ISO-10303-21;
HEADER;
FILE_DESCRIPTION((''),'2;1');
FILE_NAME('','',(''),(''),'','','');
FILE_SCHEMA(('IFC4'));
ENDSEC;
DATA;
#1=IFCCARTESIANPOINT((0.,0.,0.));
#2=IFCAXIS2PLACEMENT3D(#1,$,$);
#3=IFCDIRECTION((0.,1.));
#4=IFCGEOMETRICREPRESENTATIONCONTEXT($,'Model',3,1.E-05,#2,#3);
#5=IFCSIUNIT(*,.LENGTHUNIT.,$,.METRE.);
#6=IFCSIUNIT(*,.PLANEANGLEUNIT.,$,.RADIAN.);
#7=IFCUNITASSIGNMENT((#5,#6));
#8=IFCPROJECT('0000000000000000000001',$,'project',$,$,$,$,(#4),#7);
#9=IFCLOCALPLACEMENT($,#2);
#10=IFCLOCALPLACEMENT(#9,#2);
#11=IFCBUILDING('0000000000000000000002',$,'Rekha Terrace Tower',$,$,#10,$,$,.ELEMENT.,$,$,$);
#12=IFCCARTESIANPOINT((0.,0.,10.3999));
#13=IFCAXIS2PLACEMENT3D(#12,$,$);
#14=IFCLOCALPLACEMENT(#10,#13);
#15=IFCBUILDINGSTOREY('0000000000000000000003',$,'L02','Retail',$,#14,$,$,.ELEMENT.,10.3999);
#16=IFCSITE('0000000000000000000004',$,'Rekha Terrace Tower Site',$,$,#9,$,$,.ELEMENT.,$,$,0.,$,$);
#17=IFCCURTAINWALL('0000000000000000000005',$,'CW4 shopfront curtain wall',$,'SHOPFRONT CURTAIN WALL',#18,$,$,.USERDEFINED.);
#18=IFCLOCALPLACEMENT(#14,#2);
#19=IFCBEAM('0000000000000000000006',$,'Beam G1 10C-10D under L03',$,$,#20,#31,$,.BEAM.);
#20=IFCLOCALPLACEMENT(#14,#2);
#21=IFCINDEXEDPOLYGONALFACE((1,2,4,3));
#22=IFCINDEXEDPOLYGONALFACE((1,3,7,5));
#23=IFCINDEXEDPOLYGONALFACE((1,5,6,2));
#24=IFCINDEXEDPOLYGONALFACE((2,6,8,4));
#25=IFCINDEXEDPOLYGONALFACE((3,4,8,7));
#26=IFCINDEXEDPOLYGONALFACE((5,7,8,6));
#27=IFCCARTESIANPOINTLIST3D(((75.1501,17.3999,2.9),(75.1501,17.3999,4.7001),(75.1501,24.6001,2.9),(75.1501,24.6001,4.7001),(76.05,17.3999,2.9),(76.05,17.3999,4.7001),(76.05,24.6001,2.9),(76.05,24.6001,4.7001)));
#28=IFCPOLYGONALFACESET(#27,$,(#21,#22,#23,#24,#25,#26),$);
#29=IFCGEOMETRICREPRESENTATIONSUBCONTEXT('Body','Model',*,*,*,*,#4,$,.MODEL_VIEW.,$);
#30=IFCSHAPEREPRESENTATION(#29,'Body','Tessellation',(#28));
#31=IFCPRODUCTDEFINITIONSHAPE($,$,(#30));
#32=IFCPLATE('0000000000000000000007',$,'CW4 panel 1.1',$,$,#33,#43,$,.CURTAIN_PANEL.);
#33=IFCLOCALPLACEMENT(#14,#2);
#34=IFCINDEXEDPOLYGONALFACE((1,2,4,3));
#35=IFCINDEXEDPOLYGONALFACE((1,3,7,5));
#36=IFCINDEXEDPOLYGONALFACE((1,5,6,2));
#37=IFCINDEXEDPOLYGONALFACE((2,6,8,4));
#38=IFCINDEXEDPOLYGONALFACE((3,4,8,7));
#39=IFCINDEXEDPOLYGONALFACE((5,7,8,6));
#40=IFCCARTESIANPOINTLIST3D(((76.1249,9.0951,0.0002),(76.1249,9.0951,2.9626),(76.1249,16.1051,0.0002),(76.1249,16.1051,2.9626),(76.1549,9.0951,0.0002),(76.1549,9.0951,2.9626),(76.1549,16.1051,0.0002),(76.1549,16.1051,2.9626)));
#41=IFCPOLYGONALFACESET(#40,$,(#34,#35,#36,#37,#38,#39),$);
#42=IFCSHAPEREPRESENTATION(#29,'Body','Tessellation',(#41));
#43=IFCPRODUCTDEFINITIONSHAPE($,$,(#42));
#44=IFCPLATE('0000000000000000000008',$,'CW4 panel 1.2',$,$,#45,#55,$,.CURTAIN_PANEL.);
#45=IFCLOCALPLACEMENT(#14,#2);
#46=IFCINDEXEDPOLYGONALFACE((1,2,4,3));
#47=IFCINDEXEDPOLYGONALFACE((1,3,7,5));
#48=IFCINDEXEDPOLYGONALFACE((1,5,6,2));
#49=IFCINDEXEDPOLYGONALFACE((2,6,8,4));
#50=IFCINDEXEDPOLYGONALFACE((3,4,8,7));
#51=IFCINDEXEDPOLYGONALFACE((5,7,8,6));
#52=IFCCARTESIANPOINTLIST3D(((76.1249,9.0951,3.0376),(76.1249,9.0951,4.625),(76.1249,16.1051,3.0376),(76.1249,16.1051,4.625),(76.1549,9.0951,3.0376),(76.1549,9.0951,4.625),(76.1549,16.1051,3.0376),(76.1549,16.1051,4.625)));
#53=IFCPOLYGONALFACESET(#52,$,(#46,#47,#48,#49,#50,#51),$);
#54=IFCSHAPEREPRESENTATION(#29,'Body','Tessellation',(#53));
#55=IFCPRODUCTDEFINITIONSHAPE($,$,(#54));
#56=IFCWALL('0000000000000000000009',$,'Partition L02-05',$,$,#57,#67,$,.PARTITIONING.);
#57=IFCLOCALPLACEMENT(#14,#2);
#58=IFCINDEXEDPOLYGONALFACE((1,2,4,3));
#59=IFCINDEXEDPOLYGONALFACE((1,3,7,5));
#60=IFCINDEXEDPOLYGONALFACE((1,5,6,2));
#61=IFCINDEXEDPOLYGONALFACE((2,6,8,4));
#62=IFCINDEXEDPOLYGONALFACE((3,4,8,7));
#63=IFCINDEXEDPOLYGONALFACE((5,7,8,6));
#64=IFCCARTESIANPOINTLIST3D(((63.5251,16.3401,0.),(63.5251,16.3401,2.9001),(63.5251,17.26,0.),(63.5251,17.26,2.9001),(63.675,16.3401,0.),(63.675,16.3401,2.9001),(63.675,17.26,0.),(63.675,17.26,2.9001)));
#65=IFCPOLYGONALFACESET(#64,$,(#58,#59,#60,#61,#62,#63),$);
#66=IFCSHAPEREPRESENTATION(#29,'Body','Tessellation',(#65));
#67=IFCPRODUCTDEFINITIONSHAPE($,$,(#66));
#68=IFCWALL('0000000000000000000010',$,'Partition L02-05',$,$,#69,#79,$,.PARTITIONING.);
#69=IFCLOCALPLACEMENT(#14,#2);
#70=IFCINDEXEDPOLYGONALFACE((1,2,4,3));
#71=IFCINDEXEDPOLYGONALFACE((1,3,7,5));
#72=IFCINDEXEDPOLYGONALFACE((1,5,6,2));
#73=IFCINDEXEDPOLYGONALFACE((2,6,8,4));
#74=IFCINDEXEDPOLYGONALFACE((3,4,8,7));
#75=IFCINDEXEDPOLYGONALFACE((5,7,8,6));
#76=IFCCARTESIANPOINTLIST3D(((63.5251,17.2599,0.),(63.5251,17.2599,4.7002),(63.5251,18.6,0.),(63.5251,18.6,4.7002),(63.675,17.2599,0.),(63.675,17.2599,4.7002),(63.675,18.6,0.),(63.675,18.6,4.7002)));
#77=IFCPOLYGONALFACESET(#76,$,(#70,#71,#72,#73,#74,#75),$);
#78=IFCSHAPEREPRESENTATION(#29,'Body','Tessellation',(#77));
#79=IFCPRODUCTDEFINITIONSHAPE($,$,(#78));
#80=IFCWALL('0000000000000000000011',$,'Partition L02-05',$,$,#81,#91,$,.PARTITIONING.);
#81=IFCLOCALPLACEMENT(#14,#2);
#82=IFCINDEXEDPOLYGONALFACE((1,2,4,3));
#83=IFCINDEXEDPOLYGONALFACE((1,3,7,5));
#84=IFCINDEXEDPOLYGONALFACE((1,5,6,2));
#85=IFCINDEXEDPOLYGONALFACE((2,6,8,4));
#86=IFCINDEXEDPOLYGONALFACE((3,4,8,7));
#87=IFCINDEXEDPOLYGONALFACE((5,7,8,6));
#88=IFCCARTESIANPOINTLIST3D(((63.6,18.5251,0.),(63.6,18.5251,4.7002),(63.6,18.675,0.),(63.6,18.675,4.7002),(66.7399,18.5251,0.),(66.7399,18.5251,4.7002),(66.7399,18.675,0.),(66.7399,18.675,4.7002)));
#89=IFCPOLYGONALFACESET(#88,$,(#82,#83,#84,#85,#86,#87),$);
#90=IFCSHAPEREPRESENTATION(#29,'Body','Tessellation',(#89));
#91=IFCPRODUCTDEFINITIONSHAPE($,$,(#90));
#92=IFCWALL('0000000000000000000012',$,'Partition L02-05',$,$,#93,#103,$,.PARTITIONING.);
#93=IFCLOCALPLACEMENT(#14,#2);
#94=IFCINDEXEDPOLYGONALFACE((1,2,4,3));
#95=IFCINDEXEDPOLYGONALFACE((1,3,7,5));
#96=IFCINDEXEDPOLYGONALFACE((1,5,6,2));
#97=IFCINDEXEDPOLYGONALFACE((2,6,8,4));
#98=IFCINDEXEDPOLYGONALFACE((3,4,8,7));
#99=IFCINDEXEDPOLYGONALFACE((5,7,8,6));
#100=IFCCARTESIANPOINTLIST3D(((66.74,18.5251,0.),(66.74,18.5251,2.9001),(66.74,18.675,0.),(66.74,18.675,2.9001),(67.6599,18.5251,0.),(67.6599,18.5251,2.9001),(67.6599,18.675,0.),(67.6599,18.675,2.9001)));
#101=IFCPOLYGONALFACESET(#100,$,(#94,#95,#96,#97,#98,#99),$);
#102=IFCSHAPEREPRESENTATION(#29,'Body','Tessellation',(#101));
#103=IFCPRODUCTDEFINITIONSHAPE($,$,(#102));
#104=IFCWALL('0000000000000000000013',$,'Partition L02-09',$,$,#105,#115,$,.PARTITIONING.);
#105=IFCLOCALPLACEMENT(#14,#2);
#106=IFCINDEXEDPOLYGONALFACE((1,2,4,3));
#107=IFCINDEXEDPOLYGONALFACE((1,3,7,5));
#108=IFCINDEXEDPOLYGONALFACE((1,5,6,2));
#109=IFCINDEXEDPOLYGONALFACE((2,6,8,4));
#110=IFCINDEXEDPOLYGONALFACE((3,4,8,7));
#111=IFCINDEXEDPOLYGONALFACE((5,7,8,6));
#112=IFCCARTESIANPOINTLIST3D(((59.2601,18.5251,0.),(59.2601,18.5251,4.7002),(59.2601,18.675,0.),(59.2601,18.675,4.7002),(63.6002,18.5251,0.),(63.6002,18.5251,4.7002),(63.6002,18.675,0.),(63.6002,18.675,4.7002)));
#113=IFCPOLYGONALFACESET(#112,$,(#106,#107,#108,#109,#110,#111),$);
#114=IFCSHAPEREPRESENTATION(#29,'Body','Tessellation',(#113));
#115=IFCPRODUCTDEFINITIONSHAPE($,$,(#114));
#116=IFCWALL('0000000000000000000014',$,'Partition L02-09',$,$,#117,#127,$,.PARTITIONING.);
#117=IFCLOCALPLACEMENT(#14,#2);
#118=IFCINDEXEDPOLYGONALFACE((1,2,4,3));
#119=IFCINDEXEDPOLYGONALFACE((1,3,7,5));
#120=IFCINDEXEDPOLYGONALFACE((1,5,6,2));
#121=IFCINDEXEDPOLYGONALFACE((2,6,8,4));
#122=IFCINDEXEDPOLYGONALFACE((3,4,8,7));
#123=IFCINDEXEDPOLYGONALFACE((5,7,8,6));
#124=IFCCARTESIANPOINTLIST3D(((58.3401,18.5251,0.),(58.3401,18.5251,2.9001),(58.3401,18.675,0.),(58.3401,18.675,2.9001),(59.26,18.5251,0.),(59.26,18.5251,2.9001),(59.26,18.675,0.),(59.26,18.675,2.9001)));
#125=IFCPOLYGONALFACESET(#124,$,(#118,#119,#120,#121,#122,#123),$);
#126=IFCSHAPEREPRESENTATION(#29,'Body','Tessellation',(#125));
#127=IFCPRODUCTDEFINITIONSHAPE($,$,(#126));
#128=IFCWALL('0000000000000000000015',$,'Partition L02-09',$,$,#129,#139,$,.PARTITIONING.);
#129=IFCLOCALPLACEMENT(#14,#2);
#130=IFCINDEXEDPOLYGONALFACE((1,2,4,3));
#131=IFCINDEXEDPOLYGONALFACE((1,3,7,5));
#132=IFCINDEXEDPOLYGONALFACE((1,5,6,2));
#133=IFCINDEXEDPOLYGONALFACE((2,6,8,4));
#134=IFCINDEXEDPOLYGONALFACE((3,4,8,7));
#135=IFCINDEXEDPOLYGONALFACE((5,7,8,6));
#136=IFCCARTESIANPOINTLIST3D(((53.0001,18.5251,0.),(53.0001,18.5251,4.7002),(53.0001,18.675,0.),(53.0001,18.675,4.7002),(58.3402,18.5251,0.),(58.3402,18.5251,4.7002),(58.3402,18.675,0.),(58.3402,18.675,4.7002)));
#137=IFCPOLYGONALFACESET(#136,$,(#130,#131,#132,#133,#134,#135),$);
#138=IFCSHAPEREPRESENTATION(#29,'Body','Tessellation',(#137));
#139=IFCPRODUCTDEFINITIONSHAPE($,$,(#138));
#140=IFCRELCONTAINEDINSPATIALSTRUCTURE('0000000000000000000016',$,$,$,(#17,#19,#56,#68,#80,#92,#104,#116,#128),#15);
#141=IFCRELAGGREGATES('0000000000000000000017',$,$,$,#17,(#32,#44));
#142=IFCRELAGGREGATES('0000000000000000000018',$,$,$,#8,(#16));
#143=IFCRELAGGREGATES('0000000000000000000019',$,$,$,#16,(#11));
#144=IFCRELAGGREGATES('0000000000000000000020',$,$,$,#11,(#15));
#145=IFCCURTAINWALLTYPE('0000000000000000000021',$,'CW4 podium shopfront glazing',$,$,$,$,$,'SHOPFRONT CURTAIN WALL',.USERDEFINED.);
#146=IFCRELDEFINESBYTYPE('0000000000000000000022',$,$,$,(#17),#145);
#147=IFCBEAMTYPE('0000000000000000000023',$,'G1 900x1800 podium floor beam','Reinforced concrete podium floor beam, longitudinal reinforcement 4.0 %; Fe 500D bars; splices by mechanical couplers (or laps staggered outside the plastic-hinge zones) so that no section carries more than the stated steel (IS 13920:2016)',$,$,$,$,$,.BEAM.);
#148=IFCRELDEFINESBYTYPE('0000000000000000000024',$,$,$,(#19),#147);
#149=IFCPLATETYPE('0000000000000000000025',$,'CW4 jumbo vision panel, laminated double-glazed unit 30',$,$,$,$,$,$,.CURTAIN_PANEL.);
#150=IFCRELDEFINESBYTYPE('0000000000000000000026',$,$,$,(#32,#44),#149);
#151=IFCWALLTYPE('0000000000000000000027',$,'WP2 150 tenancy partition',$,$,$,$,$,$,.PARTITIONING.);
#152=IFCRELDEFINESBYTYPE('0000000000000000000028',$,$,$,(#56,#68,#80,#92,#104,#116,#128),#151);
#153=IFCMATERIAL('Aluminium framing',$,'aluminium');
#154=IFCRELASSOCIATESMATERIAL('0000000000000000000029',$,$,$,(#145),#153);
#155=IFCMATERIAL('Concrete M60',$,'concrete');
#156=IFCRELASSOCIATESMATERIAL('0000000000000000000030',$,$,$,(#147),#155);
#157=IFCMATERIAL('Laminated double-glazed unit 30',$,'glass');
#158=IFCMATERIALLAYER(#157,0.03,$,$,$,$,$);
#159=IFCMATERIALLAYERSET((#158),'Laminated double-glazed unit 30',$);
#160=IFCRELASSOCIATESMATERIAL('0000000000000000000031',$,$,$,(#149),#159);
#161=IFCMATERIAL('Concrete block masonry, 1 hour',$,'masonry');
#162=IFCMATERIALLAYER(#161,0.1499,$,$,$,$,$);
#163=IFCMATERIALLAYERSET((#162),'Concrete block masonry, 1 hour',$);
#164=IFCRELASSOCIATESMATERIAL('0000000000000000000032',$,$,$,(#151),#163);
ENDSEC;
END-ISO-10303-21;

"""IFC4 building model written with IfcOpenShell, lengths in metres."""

from ifc_helpers import new_model, si_unit, direction, frame, frame_2d, origin, origin_2d, place, context, subcontext, project, spatial, rectangle, extrude, material, layer, layer_set, material_profile, profile_set, type_object, element, aggregate, save


model = new_model("IFC4")

# Units and contexts
model_context = context("Model", 3, precision=1e-05, world=origin(), true_north=direction((0.0, 1.0)))
body_context = subcontext(model_context, "Body", "Model", "MODEL_VIEW")
ifc_project = project(units=[si_unit("LENGTHUNIT", "METRE"), si_unit("PLANEANGLEUNIT", "RADIAN")], contexts=[model_context])

# Site, building, storey
site_placement = place(None, origin())
site = spatial("IfcSite", under=ifc_project, at=site_placement, Name="Rekha Terrace Tower Site", CompositionType="ELEMENT", RefElevation=0.0)
building_placement = place(site_placement, origin())
building = spatial("IfcBuilding", under=site, at=building_placement, Name="Rekha Terrace Tower", CompositionType="ELEMENT")
storey_placement = place(building_placement, frame((0.0, 0.0, 10.3999)))
storey = spatial("IfcBuildingStorey", under=building, at=storey_placement, Name="L02", Description="Retail", CompositionType="ELEMENT", Elevation=10.3999)

# Shared definitions
ifc_material_1 = material(Name="Concrete M60", Category="concrete")

# Curtain wall
ifc_material_2 = material(Name="Aluminium framing", Category="aluminium")
curtain_wall_type = type_object("IfcCurtainWallType", Name="CW4 podium shopfront glazing", ElementType="SHOPFRONT CURTAIN WALL", PredefinedType="USERDEFINED", material=ifc_material_2)
curtain_wall_1_placement = place(storey_placement, origin())
curtain_wall_1 = element("IfcCurtainWall", 1, at=curtain_wall_1_placement, inside=storey, type_object=curtain_wall_type, Name="CW4 shopfront curtain wall", ObjectType="SHOPFRONT CURTAIN WALL", PredefinedType="USERDEFINED")

# Beam
ifc_material_profile_1 = material_profile(ifc_material_1, rectangle(XDim=0.8999, YDim=1.8, at=origin_2d()), Name="RC 900x1800")
ifc_profile_set_1 = profile_set([ifc_material_profile_1], Name="Concrete M60")
beam_type = type_object("IfcBeamType", Name="G1 900x1800 podium floor beam", Description="Reinforced concrete podium floor beam, longitudinal reinforcement 4.0 %; Fe 500D bars; splices by mechanical couplers (or laps staggered outside the plastic-hinge zones) so that no section carries more than the stated steel (IS 13920:2016)", PredefinedType="BEAM", material=ifc_profile_set_1)
beam_1_placement = place(storey_placement, frame((75.6001, 17.3999, 3.8), z_axis=(0.0, 1.0, 0.0), x_axis=(-1.0, 0.0, 0.0)))
element("IfcBeam", 2, at=beam_1_placement, inside=storey, type_object=beam_type, Name="Beam G1 10C-10D under L03", PredefinedType="BEAM", context=body_context, shape_type="SweptSolid", body=[
    extrude(rectangle(XDim=0.8999, YDim=1.8, at=origin_2d()), origin(), (0.0, 0.0, 1.0), 7.2002),
])

# Plates
ifc_material_3 = material(Name="Laminated double-glazed unit 30", Category="glass")
ifc_layer_1 = layer(ifc_material_3, 0.03)
ifc_layer_set_1 = layer_set([ifc_layer_1], Name="Laminated double-glazed unit 30")
plate_type = type_object("IfcPlateType", Name="CW4 jumbo vision panel, laminated double-glazed unit 30", PredefinedType="CURTAIN_PANEL", material=ifc_layer_set_1)
plate_1_placement = place(storey_placement, frame((76.1399, 12.6001, 0.0002), z_axis=(0.0, 0.0, 1.0), x_axis=(0.0, 1.0, 0.0)))
plate_1 = element("IfcPlate", 3, at=plate_1_placement, type_object=plate_type, Name="CW4 panel 1.1", PredefinedType="CURTAIN_PANEL", context=body_context, shape_type="SweptSolid", body=[
    extrude(rectangle(XDim=7.01, YDim=0.03, at=origin_2d()), origin(), (0.0, 0.0, 1.0), 2.9624),
])
plate_2_placement = place(storey_placement, frame((76.1399, 12.6001, 3.0376), z_axis=(0.0, 0.0, 1.0), x_axis=(0.0, 1.0, 0.0)))
plate_2 = element("IfcPlate", 4, at=plate_2_placement, type_object=plate_type, Name="CW4 panel 1.2", PredefinedType="CURTAIN_PANEL", context=body_context, shape_type="SweptSolid", body=[
    extrude(rectangle(XDim=7.01, YDim=0.03, at=origin_2d()), origin(), (0.0, 0.0, 1.0), 1.5874),
])
aggregate(curtain_wall_1, [plate_1, plate_2])

# Walls
ifc_material_4 = material(Name="Concrete block masonry, 1 hour", Category="masonry")
ifc_layer_2 = layer(ifc_material_4, 0.1499)
ifc_layer_set_2 = layer_set([ifc_layer_2], Name="Concrete block masonry, 1 hour")
wall_type = type_object("IfcWallType", Name="WP2 150 tenancy partition", PredefinedType="PARTITIONING", material=ifc_layer_set_2)
wall_1_placement = place(storey_placement, frame((63.6001, 16.3401, 0.0), z_axis=(0.0, 0.0, 1.0), x_axis=(0.0, 1.0, 0.0)))
element("IfcWall", 5, at=wall_1_placement, inside=storey, type_object=wall_type, Name="Partition L02-05", PredefinedType="PARTITIONING", context=body_context, shape_type="SweptSolid", body=[
    extrude(rectangle(XDim=0.9199, YDim=0.1499, at=frame_2d((0.46, 0.0))), origin(), (0.0, 0.0, 1.0), 2.9001),
])
wall_2_placement = place(storey_placement, frame((63.6001, 17.26, 0.0), z_axis=(0.0, 0.0, 1.0), x_axis=(0.0, 1.0, 0.0)))
element("IfcWall", 6, at=wall_2_placement, inside=storey, type_object=wall_type, Name="Partition L02-05", PredefinedType="PARTITIONING", context=body_context, shape_type="SweptSolid", body=[
    extrude(rectangle(XDim=1.3401, YDim=0.1499, at=frame_2d((0.6699, 0.0))), origin(), (0.0, 0.0, 1.0), 4.7002),
])
wall_3_placement = place(storey_placement, frame((63.6001, 18.6001, 0.0), z_axis=(0.0, 0.0, 1.0), x_axis=(1.0, 0.0, 0.0)))
element("IfcWall", 7, at=wall_3_placement, inside=storey, type_object=wall_type, Name="Partition L02-05", PredefinedType="PARTITIONING", context=body_context, shape_type="SweptSolid", body=[
    extrude(rectangle(XDim=3.1399, YDim=0.1499, at=frame_2d((1.5698, 0.0))), origin(), (0.0, 0.0, 1.0), 4.7002),
])
wall_4_placement = place(storey_placement, frame((66.74, 18.6001, 0.0), z_axis=(0.0, 0.0, 1.0), x_axis=(1.0, 0.0, 0.0)))
element("IfcWall", 8, at=wall_4_placement, inside=storey, type_object=wall_type, Name="Partition L02-05", PredefinedType="PARTITIONING", context=body_context, shape_type="SweptSolid", body=[
    extrude(rectangle(XDim=0.9199, YDim=0.1499, at=frame_2d((0.46, 0.0))), origin(), (0.0, 0.0, 1.0), 2.9001),
])
wall_5_placement = place(storey_placement, frame((63.6001, 18.6001, 0.0), z_axis=(0.0, 0.0, 1.0), x_axis=(-1.0, 0.0, 0.0)))
element("IfcWall", 9, at=wall_5_placement, inside=storey, type_object=wall_type, Name="Partition L02-09", PredefinedType="PARTITIONING", context=body_context, shape_type="SweptSolid", body=[
    extrude(rectangle(XDim=4.3401, YDim=0.1499, at=frame_2d((2.1699, 0.0))), origin(), (0.0, 0.0, 1.0), 4.7002),
])
wall_6_placement = place(storey_placement, frame((59.26, 18.6001, 0.0), z_axis=(0.0, 0.0, 1.0), x_axis=(-1.0, 0.0, 0.0)))
element("IfcWall", 10, at=wall_6_placement, inside=storey, type_object=wall_type, Name="Partition L02-09", PredefinedType="PARTITIONING", context=body_context, shape_type="SweptSolid", body=[
    extrude(rectangle(XDim=0.9199, YDim=0.1499, at=frame_2d((0.46, 0.0))), origin(), (0.0, 0.0, 1.0), 2.9001),
])
wall_7_placement = place(storey_placement, frame((58.3401, 18.6001, 0.0), z_axis=(0.0, 0.0, 1.0), x_axis=(-1.0, 0.0, 0.0)))
element("IfcWall", 11, at=wall_7_placement, inside=storey, type_object=wall_type, Name="Partition L02-09", PredefinedType="PARTITIONING", context=body_context, shape_type="SweptSolid", body=[
    extrude(rectangle(XDim=5.3401, YDim=0.1499, at=frame_2d((2.6699, 0.0))), origin(), (0.0, 0.0, 1.0), 4.7002),
])

save(model, "model.ifc")
